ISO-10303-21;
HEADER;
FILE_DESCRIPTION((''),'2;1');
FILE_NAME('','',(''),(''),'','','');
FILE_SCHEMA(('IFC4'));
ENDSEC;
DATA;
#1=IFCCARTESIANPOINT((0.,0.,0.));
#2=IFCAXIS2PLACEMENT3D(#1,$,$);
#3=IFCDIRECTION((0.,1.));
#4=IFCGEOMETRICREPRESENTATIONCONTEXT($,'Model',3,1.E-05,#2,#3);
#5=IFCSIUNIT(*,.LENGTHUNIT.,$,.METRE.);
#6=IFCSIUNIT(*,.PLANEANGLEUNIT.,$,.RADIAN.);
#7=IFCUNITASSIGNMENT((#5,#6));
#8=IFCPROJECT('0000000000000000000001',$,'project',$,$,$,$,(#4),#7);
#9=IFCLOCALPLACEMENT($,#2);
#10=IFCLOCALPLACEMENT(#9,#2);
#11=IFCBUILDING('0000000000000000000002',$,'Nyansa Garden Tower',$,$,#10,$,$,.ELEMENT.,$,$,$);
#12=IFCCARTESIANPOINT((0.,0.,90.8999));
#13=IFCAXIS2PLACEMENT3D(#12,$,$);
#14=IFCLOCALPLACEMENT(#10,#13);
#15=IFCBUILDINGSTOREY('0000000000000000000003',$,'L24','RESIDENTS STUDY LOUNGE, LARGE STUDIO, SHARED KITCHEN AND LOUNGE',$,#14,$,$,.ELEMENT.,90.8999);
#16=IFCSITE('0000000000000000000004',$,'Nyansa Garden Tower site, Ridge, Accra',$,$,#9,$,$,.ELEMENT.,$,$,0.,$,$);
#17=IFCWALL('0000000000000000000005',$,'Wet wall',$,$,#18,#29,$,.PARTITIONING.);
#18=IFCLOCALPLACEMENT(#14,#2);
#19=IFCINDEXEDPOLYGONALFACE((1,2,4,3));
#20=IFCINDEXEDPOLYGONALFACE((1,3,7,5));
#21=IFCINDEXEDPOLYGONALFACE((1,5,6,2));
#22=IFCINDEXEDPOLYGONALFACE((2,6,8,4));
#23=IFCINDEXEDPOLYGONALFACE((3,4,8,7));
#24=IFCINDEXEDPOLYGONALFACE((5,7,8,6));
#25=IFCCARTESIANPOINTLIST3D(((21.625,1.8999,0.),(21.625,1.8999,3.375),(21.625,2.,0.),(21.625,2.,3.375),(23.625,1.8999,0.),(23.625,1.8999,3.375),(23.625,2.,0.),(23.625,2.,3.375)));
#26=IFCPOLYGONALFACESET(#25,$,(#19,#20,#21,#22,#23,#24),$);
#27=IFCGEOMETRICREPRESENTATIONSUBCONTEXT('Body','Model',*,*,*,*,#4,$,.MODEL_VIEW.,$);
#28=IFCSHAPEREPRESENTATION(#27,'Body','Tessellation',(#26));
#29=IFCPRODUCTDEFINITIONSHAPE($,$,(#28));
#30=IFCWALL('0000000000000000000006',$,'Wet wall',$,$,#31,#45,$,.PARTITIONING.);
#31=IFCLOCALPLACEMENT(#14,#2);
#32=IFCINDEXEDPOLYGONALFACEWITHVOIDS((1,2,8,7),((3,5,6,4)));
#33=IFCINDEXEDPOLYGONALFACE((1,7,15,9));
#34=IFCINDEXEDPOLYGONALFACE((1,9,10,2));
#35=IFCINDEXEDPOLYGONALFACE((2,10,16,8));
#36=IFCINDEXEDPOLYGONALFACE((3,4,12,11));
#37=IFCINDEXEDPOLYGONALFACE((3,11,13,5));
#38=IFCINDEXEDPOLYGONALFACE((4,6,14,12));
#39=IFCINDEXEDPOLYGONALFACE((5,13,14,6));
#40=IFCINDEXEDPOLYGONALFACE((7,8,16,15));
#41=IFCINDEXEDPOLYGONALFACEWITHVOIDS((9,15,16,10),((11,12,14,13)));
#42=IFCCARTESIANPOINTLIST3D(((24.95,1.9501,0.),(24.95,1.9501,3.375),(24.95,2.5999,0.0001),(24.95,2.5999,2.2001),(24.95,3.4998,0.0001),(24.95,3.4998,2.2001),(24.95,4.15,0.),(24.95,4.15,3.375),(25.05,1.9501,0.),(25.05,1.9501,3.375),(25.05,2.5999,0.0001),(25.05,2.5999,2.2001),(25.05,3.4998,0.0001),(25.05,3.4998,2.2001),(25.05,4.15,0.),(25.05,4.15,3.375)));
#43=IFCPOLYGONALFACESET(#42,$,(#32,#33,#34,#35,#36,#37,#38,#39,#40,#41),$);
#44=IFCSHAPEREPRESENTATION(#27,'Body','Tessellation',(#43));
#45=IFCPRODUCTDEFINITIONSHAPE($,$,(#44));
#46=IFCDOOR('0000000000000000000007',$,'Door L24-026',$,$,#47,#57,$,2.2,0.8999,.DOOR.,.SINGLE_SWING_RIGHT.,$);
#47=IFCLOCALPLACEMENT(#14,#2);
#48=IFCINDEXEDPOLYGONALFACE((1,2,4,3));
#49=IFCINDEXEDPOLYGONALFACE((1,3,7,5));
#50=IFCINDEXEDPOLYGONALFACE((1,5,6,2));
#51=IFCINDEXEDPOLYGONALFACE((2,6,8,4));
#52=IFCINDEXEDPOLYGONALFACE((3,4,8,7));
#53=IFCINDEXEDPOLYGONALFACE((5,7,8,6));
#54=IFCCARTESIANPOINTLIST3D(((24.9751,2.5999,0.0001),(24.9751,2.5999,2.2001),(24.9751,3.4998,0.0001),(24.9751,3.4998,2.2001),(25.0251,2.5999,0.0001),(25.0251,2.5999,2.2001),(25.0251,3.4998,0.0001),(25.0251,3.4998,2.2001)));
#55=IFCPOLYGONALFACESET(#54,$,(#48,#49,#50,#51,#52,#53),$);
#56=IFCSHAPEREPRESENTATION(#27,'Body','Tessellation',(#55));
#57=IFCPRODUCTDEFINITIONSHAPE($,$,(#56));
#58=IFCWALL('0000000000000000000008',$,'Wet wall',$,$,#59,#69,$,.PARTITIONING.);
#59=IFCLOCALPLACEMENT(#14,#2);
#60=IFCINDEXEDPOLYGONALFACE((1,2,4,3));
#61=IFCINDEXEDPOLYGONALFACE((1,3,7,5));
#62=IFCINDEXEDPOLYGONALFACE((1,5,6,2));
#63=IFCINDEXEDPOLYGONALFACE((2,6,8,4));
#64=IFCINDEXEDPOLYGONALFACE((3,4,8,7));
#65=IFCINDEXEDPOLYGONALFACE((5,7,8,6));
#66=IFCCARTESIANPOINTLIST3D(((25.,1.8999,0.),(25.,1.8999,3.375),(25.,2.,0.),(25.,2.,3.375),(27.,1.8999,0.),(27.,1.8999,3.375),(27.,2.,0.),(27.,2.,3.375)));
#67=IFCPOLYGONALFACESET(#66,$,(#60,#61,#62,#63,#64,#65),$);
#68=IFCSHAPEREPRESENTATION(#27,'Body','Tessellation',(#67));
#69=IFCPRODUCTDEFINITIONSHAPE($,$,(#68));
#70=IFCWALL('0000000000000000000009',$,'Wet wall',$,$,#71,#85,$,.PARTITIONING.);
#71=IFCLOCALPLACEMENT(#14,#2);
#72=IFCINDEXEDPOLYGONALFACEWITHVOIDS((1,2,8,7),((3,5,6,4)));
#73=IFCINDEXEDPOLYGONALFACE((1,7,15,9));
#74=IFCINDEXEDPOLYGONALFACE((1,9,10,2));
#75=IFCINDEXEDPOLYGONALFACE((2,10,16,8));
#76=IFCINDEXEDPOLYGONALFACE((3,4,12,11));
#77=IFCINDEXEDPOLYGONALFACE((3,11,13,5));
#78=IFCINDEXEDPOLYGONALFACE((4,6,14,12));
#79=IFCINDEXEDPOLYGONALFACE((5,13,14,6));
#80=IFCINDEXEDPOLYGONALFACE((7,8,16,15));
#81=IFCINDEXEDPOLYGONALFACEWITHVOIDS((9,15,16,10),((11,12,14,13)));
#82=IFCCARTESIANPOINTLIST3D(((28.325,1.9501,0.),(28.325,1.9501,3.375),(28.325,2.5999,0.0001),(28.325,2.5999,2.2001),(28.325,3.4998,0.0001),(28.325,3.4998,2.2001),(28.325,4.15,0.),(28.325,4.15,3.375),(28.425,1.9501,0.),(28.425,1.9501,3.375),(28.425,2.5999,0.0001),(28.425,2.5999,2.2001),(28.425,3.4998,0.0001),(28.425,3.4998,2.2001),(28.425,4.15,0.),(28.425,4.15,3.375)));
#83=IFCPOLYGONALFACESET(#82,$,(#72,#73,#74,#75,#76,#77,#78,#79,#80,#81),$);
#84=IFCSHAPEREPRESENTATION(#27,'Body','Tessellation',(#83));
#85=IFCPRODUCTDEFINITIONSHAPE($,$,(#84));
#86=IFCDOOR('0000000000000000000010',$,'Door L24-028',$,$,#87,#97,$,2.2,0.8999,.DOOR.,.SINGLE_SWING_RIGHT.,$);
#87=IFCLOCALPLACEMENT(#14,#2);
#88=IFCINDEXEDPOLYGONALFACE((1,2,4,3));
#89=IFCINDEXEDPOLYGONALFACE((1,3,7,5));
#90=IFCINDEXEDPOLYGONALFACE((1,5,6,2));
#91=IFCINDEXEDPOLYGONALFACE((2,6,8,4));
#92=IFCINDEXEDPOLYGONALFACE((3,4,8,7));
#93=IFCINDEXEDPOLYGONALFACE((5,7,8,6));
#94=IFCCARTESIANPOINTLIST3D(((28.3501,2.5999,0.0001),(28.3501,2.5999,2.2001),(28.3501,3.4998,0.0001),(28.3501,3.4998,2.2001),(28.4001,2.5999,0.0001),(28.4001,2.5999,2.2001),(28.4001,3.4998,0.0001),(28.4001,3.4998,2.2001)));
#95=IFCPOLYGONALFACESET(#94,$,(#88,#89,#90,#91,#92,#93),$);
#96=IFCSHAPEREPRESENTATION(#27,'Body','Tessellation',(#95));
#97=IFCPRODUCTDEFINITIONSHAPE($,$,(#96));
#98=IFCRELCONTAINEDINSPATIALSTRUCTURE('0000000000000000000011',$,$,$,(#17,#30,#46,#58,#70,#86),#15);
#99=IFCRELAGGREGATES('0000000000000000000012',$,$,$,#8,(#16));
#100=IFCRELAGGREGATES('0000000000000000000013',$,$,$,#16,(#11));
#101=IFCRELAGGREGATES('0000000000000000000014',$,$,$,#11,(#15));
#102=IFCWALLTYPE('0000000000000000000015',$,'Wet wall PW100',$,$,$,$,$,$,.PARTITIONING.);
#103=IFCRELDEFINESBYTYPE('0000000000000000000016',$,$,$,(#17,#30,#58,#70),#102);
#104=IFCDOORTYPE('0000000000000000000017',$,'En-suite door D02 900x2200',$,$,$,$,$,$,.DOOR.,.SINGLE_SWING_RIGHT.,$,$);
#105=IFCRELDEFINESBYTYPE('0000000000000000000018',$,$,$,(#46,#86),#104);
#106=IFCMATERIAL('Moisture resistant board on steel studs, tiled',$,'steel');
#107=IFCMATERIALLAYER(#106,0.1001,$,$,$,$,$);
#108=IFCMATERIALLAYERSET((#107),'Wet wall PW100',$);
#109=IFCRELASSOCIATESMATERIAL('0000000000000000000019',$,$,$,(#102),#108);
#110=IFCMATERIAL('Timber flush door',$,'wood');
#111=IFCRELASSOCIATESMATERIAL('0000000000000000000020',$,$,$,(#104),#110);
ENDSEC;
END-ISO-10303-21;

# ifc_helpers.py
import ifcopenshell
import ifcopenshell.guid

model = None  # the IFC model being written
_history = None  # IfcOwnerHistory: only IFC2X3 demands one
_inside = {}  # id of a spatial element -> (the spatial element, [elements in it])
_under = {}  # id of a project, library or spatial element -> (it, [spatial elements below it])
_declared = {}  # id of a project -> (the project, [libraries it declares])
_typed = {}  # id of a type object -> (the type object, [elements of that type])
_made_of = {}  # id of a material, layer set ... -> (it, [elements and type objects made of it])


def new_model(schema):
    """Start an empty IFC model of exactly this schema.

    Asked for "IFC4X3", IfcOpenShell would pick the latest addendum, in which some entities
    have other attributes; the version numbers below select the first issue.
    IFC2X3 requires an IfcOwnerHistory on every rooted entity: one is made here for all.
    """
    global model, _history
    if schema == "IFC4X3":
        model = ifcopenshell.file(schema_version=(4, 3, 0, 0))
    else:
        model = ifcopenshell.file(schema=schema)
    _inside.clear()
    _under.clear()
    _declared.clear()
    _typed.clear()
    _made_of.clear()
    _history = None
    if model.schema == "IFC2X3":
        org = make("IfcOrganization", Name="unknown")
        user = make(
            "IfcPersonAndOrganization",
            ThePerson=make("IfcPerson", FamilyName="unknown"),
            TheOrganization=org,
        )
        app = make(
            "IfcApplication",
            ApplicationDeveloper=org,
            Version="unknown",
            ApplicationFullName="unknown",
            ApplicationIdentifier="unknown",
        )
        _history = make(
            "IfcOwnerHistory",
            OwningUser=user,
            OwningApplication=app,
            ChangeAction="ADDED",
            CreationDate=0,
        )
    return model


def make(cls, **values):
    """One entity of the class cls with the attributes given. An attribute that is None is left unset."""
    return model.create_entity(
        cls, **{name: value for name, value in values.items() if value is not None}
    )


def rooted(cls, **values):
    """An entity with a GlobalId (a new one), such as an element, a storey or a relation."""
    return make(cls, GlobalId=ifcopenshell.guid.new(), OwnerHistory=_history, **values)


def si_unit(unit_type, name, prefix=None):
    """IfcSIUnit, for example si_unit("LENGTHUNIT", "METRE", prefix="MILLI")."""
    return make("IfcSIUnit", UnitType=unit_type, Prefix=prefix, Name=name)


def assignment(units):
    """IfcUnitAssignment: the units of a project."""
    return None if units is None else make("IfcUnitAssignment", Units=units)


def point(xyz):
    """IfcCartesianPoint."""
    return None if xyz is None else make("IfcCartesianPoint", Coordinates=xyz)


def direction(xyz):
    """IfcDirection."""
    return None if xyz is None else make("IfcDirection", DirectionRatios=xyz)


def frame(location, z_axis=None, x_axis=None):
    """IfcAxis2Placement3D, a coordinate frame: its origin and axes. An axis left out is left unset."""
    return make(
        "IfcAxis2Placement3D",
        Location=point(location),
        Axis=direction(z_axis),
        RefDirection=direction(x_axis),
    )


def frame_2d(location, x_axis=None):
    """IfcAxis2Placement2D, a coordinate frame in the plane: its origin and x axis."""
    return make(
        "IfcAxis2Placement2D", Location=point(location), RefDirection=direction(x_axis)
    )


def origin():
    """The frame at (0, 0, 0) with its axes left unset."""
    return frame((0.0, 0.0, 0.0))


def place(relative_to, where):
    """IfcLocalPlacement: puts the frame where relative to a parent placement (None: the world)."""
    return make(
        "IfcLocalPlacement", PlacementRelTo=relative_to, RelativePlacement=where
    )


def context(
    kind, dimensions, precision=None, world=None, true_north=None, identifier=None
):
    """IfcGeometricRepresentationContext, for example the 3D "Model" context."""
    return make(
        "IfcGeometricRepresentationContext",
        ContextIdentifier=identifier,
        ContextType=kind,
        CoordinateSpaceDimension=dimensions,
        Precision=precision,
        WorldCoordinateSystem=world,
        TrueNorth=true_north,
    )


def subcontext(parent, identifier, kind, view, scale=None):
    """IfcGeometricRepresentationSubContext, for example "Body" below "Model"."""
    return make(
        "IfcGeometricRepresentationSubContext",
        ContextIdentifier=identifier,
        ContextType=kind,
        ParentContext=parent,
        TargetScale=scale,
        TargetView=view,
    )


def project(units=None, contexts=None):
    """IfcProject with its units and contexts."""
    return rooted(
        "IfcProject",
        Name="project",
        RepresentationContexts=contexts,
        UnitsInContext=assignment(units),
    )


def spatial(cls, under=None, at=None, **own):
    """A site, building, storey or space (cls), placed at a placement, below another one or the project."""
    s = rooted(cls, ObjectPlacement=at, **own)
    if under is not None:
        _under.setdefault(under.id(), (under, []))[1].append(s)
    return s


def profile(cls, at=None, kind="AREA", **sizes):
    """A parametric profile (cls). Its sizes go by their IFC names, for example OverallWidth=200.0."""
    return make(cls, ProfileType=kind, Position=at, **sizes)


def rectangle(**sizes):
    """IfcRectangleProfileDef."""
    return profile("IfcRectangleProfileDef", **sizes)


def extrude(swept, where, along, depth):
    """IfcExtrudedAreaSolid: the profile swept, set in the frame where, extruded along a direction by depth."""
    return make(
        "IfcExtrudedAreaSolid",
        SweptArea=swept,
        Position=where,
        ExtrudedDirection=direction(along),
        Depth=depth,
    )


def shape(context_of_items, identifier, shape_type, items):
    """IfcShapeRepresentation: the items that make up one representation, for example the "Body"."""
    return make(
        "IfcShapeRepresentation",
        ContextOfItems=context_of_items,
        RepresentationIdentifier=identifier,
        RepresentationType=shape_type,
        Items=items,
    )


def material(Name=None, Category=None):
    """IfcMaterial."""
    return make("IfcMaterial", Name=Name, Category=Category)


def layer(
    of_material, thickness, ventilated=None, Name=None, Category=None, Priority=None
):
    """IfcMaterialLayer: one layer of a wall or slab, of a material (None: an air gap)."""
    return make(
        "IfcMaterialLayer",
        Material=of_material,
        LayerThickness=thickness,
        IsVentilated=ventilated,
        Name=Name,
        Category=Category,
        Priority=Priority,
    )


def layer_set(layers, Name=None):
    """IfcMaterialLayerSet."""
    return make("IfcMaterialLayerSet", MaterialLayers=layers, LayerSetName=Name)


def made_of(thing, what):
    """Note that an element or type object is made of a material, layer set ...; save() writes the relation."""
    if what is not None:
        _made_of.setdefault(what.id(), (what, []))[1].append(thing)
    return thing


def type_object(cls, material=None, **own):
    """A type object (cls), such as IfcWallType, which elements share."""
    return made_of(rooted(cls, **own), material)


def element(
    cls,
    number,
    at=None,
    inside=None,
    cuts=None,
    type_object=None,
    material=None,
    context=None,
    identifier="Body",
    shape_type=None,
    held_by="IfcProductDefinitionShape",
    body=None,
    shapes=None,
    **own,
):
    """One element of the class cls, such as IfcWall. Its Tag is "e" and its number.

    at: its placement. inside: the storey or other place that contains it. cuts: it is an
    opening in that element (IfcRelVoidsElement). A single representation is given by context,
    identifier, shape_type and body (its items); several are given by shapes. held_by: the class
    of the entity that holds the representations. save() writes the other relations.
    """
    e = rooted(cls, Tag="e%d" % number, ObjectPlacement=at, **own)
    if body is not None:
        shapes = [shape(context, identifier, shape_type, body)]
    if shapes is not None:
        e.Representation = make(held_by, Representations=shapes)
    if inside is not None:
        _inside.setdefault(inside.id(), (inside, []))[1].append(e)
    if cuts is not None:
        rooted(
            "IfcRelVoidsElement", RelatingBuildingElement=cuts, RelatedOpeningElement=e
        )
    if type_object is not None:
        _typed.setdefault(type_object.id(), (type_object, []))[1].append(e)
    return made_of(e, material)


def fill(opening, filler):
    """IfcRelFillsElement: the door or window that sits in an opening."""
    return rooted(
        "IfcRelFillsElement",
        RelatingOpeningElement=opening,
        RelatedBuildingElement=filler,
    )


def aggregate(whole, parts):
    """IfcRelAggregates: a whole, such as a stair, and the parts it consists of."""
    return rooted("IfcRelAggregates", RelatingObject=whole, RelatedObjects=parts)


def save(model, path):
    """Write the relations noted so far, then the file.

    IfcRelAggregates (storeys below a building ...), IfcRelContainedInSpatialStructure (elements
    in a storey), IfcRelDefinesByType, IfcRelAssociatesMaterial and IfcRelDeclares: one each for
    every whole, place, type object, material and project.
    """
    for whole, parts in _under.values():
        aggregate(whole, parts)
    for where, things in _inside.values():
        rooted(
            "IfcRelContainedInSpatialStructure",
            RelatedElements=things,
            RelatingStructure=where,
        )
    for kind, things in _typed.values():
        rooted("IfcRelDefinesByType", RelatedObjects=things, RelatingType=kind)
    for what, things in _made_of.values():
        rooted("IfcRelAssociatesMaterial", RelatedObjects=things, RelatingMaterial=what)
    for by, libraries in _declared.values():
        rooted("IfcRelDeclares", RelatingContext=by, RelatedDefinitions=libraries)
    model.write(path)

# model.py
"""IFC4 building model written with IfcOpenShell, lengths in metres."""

from ifc_helpers import new_model, si_unit, direction, frame, frame_2d, origin, place, context, subcontext, project, spatial, rectangle, extrude, material, layer, layer_set, type_object, element, fill, save


model = new_model("IFC4")

# Units and contexts
model_context = context("Model", 3, precision=1e-05, world=origin(), true_north=direction((0.0, 1.0)))
body_context = subcontext(model_context, "Body", "Model", "MODEL_VIEW")
ifc_project = project(units=[si_unit("LENGTHUNIT", "METRE"), si_unit("PLANEANGLEUNIT", "RADIAN")], contexts=[model_context])

# Site, building, storey
site_placement = place(None, origin())
site = spatial("IfcSite", under=ifc_project, at=site_placement, Name="Nyansa Garden Tower site, Ridge, Accra", CompositionType="ELEMENT", RefElevation=0.0)
building_placement = place(site_placement, origin())
building = spatial("IfcBuilding", under=site, at=building_placement, Name="Nyansa Garden Tower", CompositionType="ELEMENT")
storey_placement = place(building_placement, frame((0.0, 0.0, 90.8999)))
storey = spatial("IfcBuildingStorey", under=building, at=storey_placement, Name="L24", Description="RESIDENTS STUDY LOUNGE, LARGE STUDIO, SHARED KITCHEN AND LOUNGE", CompositionType="ELEMENT", Elevation=90.8999)

# Shared definitions
ifc_material_1 = material(Name="Moisture resistant board on steel studs, tiled", Category="steel")
ifc_layer_1 = layer(ifc_material_1, 0.1001)
ifc_layer_set_1 = layer_set([ifc_layer_1], Name="Wet wall PW100")
wall_type_1 = type_object("IfcWallType", Name="Wet wall PW100", PredefinedType="PARTITIONING", material=ifc_layer_set_1)
ifc_material_2 = material(Name="Timber flush door", Category="wood")
door_type_1 = type_object("IfcDoorType", Name="En-suite door D02 900x2200", OperationType="SINGLE_SWING_RIGHT", PredefinedType="DOOR", material=ifc_material_2)

# Wall
wall_1_placement = place(storey_placement, frame((21.625, 1.95, 0.0), z_axis=(0.0, 0.0, 1.0), x_axis=(1.0, 0.0, 0.0)))
element("IfcWall", 1, at=wall_1_placement, inside=storey, type_object=wall_type_1, Name="Wet wall", PredefinedType="PARTITIONING", context=body_context, shape_type="SweptSolid", body=[
    extrude(rectangle(XDim=2.0, YDim=0.1001, at=frame_2d((1.0, 0.0))), origin(), (0.0, 0.0, 1.0), 3.375),
])

# Wall, opening, door
wall_2_placement = place(storey_placement, frame((25.0, 1.95, 0.0), z_axis=(0.0, 0.0, 1.0), x_axis=(0.0, 1.0, 0.0)))
wall_2 = element("IfcWall", 2, at=wall_2_placement, inside=storey, type_object=wall_type_1, Name="Wet wall", PredefinedType="PARTITIONING", context=body_context, shape_type="SweptSolid", body=[
    extrude(rectangle(XDim=2.2, YDim=0.1001, at=frame_2d((1.1001, 0.0))), origin(), (0.0, 0.0, 1.0), 3.375),
])
opening_1_placement = place(wall_2_placement, frame((0.6499, 0.0, 0.0)))
opening_1 = element("IfcOpeningElement", 3, at=opening_1_placement, cuts=wall_2, PredefinedType="OPENING", context=body_context, shape_type="SweptSolid", body=[
    extrude(rectangle(XDim=0.8999, YDim=2.2, at=frame_2d((0.45, 1.1001))), frame((0.0, 0.0601, 0.0), z_axis=(0.0, -1.0, 0.0), x_axis=(1.0, 0.0, 0.0)), (0.0, 0.0, 1.0), 0.1201),
])
door_1_placement = place(opening_1_placement, origin())
door_1 = element("IfcDoor", 4, at=door_1_placement, inside=storey, type_object=door_type_1, Name="Door L24-026", OperationType="SINGLE_SWING_RIGHT", OverallHeight=2.2, OverallWidth=0.8999, PredefinedType="DOOR", context=body_context, shape_type="SweptSolid", body=[
    extrude(rectangle(XDim=0.8999, YDim=2.2, at=frame_2d((0.45, 1.1001))), frame((0.0, 0.0249, 0.0), z_axis=(0.0, -1.0, 0.0), x_axis=(1.0, 0.0, 0.0)), (0.0, 0.0, 1.0), 0.05),
])
fill(opening_1, door_1)

# Wall
wall_3_placement = place(storey_placement, frame((25.0, 1.95, 0.0), z_axis=(0.0, 0.0, 1.0), x_axis=(1.0, 0.0, 0.0)))
element("IfcWall", 5, at=wall_3_placement, inside=storey, type_object=wall_type_1, Name="Wet wall", PredefinedType="PARTITIONING", context=body_context, shape_type="SweptSolid", body=[
    extrude(rectangle(XDim=2.0, YDim=0.1001, at=frame_2d((1.0, 0.0))), origin(), (0.0, 0.0, 1.0), 3.375),
])

# Wall, opening, door
wall_4_placement = place(storey_placement, frame((28.375, 1.95, 0.0), z_axis=(0.0, 0.0, 1.0), x_axis=(0.0, 1.0, 0.0)))
wall_4 = element("IfcWall", 6, at=wall_4_placement, inside=storey, type_object=wall_type_1, Name="Wet wall", PredefinedType="PARTITIONING", context=body_context, shape_type="SweptSolid", body=[
    extrude(rectangle(XDim=2.2, YDim=0.1001, at=frame_2d((1.1001, 0.0))), origin(), (0.0, 0.0, 1.0), 3.375),
])
opening_2_placement = place(wall_4_placement, frame((0.6499, 0.0, 0.0)))
opening_2 = element("IfcOpeningElement", 7, at=opening_2_placement, cuts=wall_4, PredefinedType="OPENING", context=body_context, shape_type="SweptSolid", body=[
    extrude(rectangle(XDim=0.8999, YDim=2.2, at=frame_2d((0.45, 1.1001))), frame((0.0, 0.0601, 0.0), z_axis=(0.0, -1.0, 0.0), x_axis=(1.0, 0.0, 0.0)), (0.0, 0.0, 1.0), 0.1201),
])
door_2_placement = place(opening_2_placement, origin())
door_2 = element("IfcDoor", 8, at=door_2_placement, inside=storey, type_object=door_type_1, Name="Door L24-028", OperationType="SINGLE_SWING_RIGHT", OverallHeight=2.2, OverallWidth=0.8999, PredefinedType="DOOR", context=body_context, shape_type="SweptSolid", body=[
    extrude(rectangle(XDim=0.8999, YDim=2.2, at=frame_2d((0.45, 1.1001))), frame((0.0, 0.0249, 0.0), z_axis=(0.0, -1.0, 0.0), x_axis=(1.0, 0.0, 0.0)), (0.0, 0.0, 1.0), 0.05),
])
fill(opening_2, door_2)

save(model, "model.ifc")
